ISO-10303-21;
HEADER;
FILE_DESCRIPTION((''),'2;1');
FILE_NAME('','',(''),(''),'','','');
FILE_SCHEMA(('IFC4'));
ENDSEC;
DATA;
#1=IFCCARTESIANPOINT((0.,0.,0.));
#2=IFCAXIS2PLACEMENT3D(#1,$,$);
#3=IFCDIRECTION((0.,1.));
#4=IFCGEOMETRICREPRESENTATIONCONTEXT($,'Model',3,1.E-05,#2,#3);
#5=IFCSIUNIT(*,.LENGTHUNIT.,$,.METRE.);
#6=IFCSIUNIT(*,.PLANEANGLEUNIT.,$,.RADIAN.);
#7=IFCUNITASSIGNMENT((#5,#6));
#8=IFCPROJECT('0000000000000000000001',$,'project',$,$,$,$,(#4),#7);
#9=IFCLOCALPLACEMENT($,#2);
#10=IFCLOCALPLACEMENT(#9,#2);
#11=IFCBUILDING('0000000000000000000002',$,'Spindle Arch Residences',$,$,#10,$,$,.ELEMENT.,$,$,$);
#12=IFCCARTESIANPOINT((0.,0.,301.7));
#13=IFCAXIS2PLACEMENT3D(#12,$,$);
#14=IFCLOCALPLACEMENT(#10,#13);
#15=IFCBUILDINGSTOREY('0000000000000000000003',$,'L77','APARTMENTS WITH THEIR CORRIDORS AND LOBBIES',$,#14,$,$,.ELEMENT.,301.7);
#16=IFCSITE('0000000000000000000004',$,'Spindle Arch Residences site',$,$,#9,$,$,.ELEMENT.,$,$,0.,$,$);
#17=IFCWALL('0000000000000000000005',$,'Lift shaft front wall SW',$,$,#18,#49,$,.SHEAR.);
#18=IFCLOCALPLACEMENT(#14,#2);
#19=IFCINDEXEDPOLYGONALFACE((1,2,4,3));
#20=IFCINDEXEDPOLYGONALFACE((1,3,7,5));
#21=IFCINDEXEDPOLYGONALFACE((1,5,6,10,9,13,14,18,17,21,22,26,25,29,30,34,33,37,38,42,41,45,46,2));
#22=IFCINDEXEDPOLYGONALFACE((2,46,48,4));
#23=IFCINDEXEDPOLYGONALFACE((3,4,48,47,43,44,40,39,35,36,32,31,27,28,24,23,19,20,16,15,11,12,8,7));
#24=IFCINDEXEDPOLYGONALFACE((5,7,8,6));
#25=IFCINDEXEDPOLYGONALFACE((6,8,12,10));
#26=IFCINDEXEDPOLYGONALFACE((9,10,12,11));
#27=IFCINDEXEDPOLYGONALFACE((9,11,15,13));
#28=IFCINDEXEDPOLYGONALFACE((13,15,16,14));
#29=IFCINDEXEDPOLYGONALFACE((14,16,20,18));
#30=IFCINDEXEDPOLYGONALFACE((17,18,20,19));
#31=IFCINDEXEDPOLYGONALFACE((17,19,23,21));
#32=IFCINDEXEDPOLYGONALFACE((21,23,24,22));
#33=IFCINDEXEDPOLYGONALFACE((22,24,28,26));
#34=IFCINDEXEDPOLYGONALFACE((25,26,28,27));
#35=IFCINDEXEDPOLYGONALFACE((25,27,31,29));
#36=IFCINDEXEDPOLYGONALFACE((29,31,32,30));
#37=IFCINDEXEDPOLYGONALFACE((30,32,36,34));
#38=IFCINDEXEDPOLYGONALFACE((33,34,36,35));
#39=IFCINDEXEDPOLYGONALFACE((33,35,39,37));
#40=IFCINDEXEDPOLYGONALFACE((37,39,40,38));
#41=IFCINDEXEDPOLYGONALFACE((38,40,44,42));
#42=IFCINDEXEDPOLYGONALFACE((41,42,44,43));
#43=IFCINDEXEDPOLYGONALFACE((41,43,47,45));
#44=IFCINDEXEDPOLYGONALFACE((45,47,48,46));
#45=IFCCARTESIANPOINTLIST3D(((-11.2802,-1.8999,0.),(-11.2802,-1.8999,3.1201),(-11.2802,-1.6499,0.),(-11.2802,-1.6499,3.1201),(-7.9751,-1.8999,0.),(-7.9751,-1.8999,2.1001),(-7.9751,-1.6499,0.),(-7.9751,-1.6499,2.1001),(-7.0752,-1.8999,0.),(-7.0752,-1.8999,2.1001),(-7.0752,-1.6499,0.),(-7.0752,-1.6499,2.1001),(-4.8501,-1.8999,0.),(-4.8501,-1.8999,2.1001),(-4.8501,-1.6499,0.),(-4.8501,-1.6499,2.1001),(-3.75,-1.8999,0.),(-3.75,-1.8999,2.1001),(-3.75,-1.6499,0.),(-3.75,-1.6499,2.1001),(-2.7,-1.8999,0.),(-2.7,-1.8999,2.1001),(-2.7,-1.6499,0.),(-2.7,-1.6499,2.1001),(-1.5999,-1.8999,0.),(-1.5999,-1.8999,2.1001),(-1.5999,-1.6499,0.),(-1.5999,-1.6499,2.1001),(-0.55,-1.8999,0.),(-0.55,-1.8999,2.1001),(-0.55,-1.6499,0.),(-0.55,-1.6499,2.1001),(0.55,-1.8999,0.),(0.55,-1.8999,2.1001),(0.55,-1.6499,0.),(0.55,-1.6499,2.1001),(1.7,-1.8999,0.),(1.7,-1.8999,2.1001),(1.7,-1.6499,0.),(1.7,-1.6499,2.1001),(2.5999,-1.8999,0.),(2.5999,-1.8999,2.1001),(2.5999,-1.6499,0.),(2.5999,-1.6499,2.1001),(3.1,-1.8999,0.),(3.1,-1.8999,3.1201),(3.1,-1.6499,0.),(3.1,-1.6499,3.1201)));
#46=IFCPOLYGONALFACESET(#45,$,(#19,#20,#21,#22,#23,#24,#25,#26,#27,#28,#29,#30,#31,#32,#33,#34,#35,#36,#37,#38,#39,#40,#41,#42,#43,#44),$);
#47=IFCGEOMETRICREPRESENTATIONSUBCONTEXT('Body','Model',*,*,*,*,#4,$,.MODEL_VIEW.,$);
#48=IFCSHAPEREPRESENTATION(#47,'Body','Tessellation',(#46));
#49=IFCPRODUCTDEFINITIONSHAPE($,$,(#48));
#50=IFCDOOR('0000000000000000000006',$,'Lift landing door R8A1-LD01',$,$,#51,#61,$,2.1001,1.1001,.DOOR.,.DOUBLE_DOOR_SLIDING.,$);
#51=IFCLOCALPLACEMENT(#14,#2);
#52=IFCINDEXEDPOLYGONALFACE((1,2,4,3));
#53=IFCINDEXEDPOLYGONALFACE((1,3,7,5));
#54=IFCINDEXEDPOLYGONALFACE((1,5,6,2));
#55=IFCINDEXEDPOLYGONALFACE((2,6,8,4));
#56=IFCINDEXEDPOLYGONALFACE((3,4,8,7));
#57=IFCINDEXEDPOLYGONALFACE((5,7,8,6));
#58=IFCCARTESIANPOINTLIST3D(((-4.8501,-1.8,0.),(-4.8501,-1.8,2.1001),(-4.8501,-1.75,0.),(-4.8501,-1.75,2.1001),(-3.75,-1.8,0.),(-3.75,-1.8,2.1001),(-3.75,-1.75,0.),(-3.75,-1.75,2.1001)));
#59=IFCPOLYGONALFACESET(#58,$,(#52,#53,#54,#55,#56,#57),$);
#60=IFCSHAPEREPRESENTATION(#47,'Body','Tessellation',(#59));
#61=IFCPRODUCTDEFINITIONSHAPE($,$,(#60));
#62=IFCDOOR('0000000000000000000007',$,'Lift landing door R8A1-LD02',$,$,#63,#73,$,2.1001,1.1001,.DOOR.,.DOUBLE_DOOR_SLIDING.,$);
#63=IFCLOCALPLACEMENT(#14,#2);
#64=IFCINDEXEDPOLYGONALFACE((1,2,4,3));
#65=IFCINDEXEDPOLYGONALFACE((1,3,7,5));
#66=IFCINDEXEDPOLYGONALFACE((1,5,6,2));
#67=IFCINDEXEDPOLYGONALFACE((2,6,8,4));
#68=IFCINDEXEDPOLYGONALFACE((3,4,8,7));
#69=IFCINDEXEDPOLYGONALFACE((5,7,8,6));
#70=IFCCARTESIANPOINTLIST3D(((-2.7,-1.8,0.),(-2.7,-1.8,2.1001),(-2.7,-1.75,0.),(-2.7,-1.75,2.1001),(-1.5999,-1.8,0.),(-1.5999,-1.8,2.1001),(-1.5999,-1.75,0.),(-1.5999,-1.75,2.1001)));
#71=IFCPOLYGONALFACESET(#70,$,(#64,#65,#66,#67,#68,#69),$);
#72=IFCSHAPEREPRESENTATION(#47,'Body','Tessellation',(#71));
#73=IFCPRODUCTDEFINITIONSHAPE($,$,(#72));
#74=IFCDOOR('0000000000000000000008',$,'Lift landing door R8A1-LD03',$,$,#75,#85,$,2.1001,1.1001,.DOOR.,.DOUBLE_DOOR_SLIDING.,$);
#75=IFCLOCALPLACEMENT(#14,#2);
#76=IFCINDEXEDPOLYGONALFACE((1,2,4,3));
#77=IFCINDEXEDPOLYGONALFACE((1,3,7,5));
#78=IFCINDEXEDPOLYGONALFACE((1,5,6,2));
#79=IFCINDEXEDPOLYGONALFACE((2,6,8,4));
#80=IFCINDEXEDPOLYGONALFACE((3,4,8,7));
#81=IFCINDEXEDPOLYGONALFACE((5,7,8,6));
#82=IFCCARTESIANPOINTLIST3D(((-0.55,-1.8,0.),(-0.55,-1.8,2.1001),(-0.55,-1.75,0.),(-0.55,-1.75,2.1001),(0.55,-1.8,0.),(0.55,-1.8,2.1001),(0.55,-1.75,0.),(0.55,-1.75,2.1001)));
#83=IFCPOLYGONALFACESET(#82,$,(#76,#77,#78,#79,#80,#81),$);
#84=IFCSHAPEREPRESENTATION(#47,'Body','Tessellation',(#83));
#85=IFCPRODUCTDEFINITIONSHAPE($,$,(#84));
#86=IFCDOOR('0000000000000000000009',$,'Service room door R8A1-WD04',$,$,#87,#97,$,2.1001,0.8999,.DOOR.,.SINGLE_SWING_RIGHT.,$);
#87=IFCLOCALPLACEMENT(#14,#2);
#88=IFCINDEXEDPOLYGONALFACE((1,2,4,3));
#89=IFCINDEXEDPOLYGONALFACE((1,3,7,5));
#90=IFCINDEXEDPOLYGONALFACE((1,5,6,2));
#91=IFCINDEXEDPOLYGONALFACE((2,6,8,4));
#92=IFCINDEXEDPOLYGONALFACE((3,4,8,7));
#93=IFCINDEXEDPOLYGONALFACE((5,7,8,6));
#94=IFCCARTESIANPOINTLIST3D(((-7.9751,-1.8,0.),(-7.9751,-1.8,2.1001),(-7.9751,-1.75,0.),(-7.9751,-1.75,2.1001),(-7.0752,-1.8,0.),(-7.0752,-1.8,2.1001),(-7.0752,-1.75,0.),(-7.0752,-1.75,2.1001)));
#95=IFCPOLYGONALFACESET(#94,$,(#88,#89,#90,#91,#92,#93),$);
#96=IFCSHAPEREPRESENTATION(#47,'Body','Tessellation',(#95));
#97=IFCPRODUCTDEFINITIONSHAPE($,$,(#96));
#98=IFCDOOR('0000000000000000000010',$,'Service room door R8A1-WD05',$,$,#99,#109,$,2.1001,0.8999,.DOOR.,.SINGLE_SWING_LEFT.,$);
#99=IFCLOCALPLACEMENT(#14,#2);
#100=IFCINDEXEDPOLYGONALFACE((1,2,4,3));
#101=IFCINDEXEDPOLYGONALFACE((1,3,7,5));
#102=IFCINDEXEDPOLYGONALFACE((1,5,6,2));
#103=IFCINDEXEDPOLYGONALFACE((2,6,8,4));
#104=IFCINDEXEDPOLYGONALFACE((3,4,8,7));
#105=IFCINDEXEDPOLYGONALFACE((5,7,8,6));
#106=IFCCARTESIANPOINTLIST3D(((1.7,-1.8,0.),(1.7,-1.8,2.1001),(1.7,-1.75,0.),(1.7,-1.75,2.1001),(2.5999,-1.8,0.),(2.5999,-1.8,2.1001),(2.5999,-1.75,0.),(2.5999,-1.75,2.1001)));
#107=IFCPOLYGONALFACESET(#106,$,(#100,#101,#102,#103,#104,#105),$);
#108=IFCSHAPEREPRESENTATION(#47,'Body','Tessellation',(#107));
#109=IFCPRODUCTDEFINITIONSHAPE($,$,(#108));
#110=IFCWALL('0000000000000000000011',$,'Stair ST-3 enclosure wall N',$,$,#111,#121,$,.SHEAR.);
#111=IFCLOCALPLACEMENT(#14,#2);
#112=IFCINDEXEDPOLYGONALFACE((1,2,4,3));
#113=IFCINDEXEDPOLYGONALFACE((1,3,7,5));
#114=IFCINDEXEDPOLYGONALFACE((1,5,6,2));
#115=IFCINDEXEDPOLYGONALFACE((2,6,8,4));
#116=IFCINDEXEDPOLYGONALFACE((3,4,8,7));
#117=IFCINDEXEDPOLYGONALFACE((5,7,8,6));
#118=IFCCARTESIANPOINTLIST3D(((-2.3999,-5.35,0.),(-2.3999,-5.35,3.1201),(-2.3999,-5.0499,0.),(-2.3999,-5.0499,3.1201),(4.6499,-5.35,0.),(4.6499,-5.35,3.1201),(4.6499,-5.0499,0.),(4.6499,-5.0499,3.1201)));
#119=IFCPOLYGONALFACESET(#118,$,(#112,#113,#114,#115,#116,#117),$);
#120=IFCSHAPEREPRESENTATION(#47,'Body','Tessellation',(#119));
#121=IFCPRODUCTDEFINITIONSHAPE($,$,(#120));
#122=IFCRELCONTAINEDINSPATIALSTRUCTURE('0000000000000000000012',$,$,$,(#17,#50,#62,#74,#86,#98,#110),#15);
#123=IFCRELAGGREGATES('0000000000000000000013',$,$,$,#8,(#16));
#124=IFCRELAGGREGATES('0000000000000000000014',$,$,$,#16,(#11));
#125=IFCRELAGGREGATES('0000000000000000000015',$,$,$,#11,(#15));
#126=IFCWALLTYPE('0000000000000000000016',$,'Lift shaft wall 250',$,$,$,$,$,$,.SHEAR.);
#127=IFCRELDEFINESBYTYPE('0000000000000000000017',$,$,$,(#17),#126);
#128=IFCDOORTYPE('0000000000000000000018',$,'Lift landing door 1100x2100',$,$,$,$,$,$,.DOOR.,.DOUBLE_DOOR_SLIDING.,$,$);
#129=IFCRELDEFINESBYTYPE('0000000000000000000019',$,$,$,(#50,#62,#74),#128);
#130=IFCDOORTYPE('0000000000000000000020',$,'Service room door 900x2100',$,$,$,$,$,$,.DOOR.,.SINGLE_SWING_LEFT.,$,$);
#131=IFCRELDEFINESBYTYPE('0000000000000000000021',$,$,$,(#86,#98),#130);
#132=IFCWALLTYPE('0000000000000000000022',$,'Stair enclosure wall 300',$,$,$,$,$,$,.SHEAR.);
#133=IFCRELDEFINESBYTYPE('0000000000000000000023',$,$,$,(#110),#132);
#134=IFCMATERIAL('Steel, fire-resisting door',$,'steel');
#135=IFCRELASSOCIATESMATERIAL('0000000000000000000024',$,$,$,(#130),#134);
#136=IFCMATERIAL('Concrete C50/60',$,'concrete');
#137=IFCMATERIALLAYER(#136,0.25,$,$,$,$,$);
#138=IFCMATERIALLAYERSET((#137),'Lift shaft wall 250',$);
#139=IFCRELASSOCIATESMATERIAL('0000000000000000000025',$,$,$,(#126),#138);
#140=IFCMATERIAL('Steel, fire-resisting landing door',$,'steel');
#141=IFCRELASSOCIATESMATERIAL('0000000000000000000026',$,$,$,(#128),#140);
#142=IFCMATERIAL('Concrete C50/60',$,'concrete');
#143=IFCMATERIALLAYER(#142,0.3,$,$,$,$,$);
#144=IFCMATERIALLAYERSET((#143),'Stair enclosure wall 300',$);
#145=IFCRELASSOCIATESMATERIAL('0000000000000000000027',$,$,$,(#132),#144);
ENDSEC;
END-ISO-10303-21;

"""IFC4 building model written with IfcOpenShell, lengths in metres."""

from ifc_helpers import new_model, si_unit, direction, frame, frame_2d, origin, place, context, subcontext, project, spatial, rectangle, extrude, material, layer, layer_set, type_object, element, fill, save


model = new_model("IFC4")

# Units and contexts
model_context = context("Model", 3, precision=1e-05, world=origin(), true_north=direction((0.0, 1.0)))
body_context = subcontext(model_context, "Body", "Model", "MODEL_VIEW")
ifc_project = project(units=[si_unit("LENGTHUNIT", "METRE"), si_unit("PLANEANGLEUNIT", "RADIAN")], contexts=[model_context])

# Site, building, storey
site_placement = place(None, origin())
site = spatial("IfcSite", under=ifc_project, at=site_placement, Name="Spindle Arch Residences site", CompositionType="ELEMENT", RefElevation=0.0)
building_placement = place(site_placement, origin())
building = spatial("IfcBuilding", under=site, at=building_placement, Name="Spindle Arch Residences", CompositionType="ELEMENT")
storey_placement = place(building_placement, frame((0.0, 0.0, 301.7)))
storey = spatial("IfcBuildingStorey", under=building, at=storey_placement, Name="L77", Description="APARTMENTS WITH THEIR CORRIDORS AND LOBBIES", CompositionType="ELEMENT", Elevation=301.7)

# Shared definitions
ifc_material_1 = material(Name="Steel, fire-resisting door", Category="steel")
door_type_1 = type_object("IfcDoorType", Name="Service room door 900x2100", OperationType="SINGLE_SWING_LEFT", PredefinedType="DOOR", material=ifc_material_1)

# Wall, openings, doors
ifc_material_2 = material(Name="Concrete C50/60", Category="concrete")
ifc_layer_1 = layer(ifc_material_2, 0.25)
ifc_layer_set_1 = layer_set([ifc_layer_1], Name="Lift shaft wall 250")
wall_type_1 = type_object("IfcWallType", Name="Lift shaft wall 250", PredefinedType="SHEAR", material=ifc_layer_set_1)
wall_1_placement = place(storey_placement, frame((-11.28, -1.7749, 0.0), z_axis=(0.0, 0.0, 1.0), x_axis=(1.0, 0.0, 0.0)))
wall_1 = element("IfcWall", 1, at=wall_1_placement, inside=storey, type_object=wall_type_1, Name="Lift shaft front wall SW", PredefinedType="SHEAR", context=body_context, shape_type="SweptSolid", body=[
    extrude(rectangle(XDim=14.3801, YDim=0.25, at=frame_2d((7.1899, 0.0))), origin(), (0.0, 0.0, 1.0), 3.1201),
])
opening_1_placement = place(wall_1_placement, frame((6.4299, 0.0, 0.0)))
opening_1 = element("IfcOpeningElement", 2, at=opening_1_placement, cuts=wall_1, PredefinedType="OPENING", context=body_context, shape_type="SweptSolid", body=[
    extrude(rectangle(XDim=1.1001, YDim=2.1001, at=frame_2d((0.55, 1.05))), frame((0.0, 0.135, 0.0), z_axis=(0.0, -1.0, 0.0), x_axis=(1.0, 0.0, 0.0)), (0.0, 0.0, 1.0), 0.27),
])
opening_2_placement = place(wall_1_placement, frame((8.5801, 0.0, 0.0)))
opening_2 = element("IfcOpeningElement", 3, at=opening_2_placement, cuts=wall_1, PredefinedType="OPENING", context=body_context, shape_type="SweptSolid", body=[
    extrude(rectangle(XDim=1.1001, YDim=2.1001, at=frame_2d((0.55, 1.05))), frame((0.0, 0.135, 0.0), z_axis=(0.0, -1.0, 0.0), x_axis=(1.0, 0.0, 0.0)), (0.0, 0.0, 1.0), 0.27),
])
opening_3_placement = place(wall_1_placement, frame((10.73, 0.0, 0.0)))
opening_3 = element("IfcOpeningElement", 4, at=opening_3_placement, cuts=wall_1, PredefinedType="OPENING", context=body_context, shape_type="SweptSolid", body=[
    extrude(rectangle(XDim=1.1001, YDim=2.1001, at=frame_2d((0.55, 1.05))), frame((0.0, 0.135, 0.0), z_axis=(0.0, -1.0, 0.0), x_axis=(1.0, 0.0, 0.0)), (0.0, 0.0, 1.0), 0.27),
])
opening_4_placement = place(wall_1_placement, frame((3.3049, 0.0, 0.0)))
opening_4 = element("IfcOpeningElement", 5, at=opening_4_placement, cuts=wall_1, PredefinedType="OPENING", context=body_context, shape_type="SweptSolid", body=[
    extrude(rectangle(XDim=0.8999, YDim=2.1001, at=frame_2d((0.45, 1.05))), frame((0.0, 0.135, 0.0), z_axis=(0.0, -1.0, 0.0), x_axis=(1.0, 0.0, 0.0)), (0.0, 0.0, 1.0), 0.27),
])
opening_5_placement = place(wall_1_placement, frame((12.98, 0.0, 0.0)))
opening_5 = element("IfcOpeningElement", 6, at=opening_5_placement, cuts=wall_1, PredefinedType="OPENING", context=body_context, shape_type="SweptSolid", body=[
    extrude(rectangle(XDim=0.8999, YDim=2.1001, at=frame_2d((0.45, 1.05))), frame((0.0, 0.135, 0.0), z_axis=(0.0, -1.0, 0.0), x_axis=(1.0, 0.0, 0.0)), (0.0, 0.0, 1.0), 0.27),
])
ifc_material_3 = material(Name="Steel, fire-resisting landing door", Category="steel")
door_type_2 = type_object("IfcDoorType", Name="Lift landing door 1100x2100", OperationType="DOUBLE_DOOR_SLIDING", PredefinedType="DOOR", material=ifc_material_3)
door_1_placement = place(opening_1_placement, origin())
door_1 = element("IfcDoor", 7, at=door_1_placement, inside=storey, type_object=door_type_2, Name="Lift landing door R8A1-LD01", OperationType="DOUBLE_DOOR_SLIDING", OverallHeight=2.1001, OverallWidth=1.1001, PredefinedType="DOOR", context=body_context, shape_type="SweptSolid", body=[
    extrude(rectangle(XDim=1.1001, YDim=2.1001, at=frame_2d((0.55, 1.05))), frame((0.0, 0.0249, 0.0), z_axis=(0.0, -1.0, 0.0), x_axis=(1.0, 0.0, 0.0)), (0.0, 0.0, 1.0), 0.05),
])
fill(opening_1, door_1)
door_2_placement = place(opening_2_placement, origin())
door_2 = element("IfcDoor", 8, at=door_2_placement, inside=storey, type_object=door_type_2, Name="Lift landing door R8A1-LD02", OperationType="DOUBLE_DOOR_SLIDING", OverallHeight=2.1001, OverallWidth=1.1001, PredefinedType="DOOR", context=body_context, shape_type="SweptSolid", body=[
    extrude(rectangle(XDim=1.1001, YDim=2.1001, at=frame_2d((0.55, 1.05))), frame((0.0, 0.0249, 0.0), z_axis=(0.0, -1.0, 0.0), x_axis=(1.0, 0.0, 0.0)), (0.0, 0.0, 1.0), 0.05),
])
fill(opening_2, door_2)
door_3_placement = place(opening_3_placement, origin())
door_3 = element("IfcDoor", 9, at=door_3_placement, inside=storey, type_object=door_type_2, Name="Lift landing door R8A1-LD03", OperationType="DOUBLE_DOOR_SLIDING", OverallHeight=2.1001, OverallWidth=1.1001, PredefinedType="DOOR", context=body_context, shape_type="SweptSolid", body=[
    extrude(rectangle(XDim=1.1001, YDim=2.1001, at=frame_2d((0.55, 1.05))), frame((0.0, 0.0249, 0.0), z_axis=(0.0, -1.0, 0.0), x_axis=(1.0, 0.0, 0.0)), (0.0, 0.0, 1.0), 0.05),
])
fill(opening_3, door_3)
door_4_placement = place(opening_4_placement, origin())
door_4 = element("IfcDoor", 10, at=door_4_placement, inside=storey, type_object=door_type_1, Name="Service room door R8A1-WD04", OperationType="SINGLE_SWING_RIGHT", OverallHeight=2.1001, OverallWidth=0.8999, PredefinedType="DOOR", context=body_context, shape_type="SweptSolid", body=[
    extrude(rectangle(XDim=0.8999, YDim=2.1001, at=frame_2d((0.45, 1.05))), frame((0.0, 0.0249, 0.0), z_axis=(0.0, -1.0, 0.0), x_axis=(1.0, 0.0, 0.0)), (0.0, 0.0, 1.0), 0.05),
])
fill(opening_4, door_4)
door_5_placement = place(opening_5_placement, origin())
door_5 = element("IfcDoor", 11, at=door_5_placement, inside=storey, type_object=door_type_1, Name="Service room door R8A1-WD05", OperationType="SINGLE_SWING_LEFT", OverallHeight=2.1001, OverallWidth=0.8999, PredefinedType="DOOR", context=body_context, shape_type="SweptSolid", body=[
    extrude(rectangle(XDim=0.8999, YDim=2.1001, at=frame_2d((0.45, 1.05))), frame((0.0, 0.0249, 0.0), z_axis=(0.0, -1.0, 0.0), x_axis=(1.0, 0.0, 0.0)), (0.0, 0.0, 1.0), 0.05),
])
fill(opening_5, door_5)

# Wall
ifc_material_4 = material(Name="Concrete C50/60", Category="concrete")
ifc_layer_2 = layer(ifc_material_4, 0.3)
ifc_layer_set_2 = layer_set([ifc_layer_2], Name="Stair enclosure wall 300")
wall_type_2 = type_object("IfcWallType", Name="Stair enclosure wall 300", PredefinedType="SHEAR", material=ifc_layer_set_2)
wall_2_placement = place(storey_placement, frame((-2.3999, -5.2, 0.0), z_axis=(0.0, 0.0, 1.0), x_axis=(1.0, 0.0, 0.0)))
element("IfcWall", 12, at=wall_2_placement, inside=storey, type_object=wall_type_2, Name="Stair ST-3 enclosure wall N", PredefinedType="SHEAR", context=body_context, shape_type="SweptSolid", body=[
    extrude(rectangle(XDim=7.0498, YDim=0.3, at=frame_2d((3.5249, 0.0))), origin(), (0.0, 0.0, 1.0), 3.1201),
])

save(model, "model.ifc")
